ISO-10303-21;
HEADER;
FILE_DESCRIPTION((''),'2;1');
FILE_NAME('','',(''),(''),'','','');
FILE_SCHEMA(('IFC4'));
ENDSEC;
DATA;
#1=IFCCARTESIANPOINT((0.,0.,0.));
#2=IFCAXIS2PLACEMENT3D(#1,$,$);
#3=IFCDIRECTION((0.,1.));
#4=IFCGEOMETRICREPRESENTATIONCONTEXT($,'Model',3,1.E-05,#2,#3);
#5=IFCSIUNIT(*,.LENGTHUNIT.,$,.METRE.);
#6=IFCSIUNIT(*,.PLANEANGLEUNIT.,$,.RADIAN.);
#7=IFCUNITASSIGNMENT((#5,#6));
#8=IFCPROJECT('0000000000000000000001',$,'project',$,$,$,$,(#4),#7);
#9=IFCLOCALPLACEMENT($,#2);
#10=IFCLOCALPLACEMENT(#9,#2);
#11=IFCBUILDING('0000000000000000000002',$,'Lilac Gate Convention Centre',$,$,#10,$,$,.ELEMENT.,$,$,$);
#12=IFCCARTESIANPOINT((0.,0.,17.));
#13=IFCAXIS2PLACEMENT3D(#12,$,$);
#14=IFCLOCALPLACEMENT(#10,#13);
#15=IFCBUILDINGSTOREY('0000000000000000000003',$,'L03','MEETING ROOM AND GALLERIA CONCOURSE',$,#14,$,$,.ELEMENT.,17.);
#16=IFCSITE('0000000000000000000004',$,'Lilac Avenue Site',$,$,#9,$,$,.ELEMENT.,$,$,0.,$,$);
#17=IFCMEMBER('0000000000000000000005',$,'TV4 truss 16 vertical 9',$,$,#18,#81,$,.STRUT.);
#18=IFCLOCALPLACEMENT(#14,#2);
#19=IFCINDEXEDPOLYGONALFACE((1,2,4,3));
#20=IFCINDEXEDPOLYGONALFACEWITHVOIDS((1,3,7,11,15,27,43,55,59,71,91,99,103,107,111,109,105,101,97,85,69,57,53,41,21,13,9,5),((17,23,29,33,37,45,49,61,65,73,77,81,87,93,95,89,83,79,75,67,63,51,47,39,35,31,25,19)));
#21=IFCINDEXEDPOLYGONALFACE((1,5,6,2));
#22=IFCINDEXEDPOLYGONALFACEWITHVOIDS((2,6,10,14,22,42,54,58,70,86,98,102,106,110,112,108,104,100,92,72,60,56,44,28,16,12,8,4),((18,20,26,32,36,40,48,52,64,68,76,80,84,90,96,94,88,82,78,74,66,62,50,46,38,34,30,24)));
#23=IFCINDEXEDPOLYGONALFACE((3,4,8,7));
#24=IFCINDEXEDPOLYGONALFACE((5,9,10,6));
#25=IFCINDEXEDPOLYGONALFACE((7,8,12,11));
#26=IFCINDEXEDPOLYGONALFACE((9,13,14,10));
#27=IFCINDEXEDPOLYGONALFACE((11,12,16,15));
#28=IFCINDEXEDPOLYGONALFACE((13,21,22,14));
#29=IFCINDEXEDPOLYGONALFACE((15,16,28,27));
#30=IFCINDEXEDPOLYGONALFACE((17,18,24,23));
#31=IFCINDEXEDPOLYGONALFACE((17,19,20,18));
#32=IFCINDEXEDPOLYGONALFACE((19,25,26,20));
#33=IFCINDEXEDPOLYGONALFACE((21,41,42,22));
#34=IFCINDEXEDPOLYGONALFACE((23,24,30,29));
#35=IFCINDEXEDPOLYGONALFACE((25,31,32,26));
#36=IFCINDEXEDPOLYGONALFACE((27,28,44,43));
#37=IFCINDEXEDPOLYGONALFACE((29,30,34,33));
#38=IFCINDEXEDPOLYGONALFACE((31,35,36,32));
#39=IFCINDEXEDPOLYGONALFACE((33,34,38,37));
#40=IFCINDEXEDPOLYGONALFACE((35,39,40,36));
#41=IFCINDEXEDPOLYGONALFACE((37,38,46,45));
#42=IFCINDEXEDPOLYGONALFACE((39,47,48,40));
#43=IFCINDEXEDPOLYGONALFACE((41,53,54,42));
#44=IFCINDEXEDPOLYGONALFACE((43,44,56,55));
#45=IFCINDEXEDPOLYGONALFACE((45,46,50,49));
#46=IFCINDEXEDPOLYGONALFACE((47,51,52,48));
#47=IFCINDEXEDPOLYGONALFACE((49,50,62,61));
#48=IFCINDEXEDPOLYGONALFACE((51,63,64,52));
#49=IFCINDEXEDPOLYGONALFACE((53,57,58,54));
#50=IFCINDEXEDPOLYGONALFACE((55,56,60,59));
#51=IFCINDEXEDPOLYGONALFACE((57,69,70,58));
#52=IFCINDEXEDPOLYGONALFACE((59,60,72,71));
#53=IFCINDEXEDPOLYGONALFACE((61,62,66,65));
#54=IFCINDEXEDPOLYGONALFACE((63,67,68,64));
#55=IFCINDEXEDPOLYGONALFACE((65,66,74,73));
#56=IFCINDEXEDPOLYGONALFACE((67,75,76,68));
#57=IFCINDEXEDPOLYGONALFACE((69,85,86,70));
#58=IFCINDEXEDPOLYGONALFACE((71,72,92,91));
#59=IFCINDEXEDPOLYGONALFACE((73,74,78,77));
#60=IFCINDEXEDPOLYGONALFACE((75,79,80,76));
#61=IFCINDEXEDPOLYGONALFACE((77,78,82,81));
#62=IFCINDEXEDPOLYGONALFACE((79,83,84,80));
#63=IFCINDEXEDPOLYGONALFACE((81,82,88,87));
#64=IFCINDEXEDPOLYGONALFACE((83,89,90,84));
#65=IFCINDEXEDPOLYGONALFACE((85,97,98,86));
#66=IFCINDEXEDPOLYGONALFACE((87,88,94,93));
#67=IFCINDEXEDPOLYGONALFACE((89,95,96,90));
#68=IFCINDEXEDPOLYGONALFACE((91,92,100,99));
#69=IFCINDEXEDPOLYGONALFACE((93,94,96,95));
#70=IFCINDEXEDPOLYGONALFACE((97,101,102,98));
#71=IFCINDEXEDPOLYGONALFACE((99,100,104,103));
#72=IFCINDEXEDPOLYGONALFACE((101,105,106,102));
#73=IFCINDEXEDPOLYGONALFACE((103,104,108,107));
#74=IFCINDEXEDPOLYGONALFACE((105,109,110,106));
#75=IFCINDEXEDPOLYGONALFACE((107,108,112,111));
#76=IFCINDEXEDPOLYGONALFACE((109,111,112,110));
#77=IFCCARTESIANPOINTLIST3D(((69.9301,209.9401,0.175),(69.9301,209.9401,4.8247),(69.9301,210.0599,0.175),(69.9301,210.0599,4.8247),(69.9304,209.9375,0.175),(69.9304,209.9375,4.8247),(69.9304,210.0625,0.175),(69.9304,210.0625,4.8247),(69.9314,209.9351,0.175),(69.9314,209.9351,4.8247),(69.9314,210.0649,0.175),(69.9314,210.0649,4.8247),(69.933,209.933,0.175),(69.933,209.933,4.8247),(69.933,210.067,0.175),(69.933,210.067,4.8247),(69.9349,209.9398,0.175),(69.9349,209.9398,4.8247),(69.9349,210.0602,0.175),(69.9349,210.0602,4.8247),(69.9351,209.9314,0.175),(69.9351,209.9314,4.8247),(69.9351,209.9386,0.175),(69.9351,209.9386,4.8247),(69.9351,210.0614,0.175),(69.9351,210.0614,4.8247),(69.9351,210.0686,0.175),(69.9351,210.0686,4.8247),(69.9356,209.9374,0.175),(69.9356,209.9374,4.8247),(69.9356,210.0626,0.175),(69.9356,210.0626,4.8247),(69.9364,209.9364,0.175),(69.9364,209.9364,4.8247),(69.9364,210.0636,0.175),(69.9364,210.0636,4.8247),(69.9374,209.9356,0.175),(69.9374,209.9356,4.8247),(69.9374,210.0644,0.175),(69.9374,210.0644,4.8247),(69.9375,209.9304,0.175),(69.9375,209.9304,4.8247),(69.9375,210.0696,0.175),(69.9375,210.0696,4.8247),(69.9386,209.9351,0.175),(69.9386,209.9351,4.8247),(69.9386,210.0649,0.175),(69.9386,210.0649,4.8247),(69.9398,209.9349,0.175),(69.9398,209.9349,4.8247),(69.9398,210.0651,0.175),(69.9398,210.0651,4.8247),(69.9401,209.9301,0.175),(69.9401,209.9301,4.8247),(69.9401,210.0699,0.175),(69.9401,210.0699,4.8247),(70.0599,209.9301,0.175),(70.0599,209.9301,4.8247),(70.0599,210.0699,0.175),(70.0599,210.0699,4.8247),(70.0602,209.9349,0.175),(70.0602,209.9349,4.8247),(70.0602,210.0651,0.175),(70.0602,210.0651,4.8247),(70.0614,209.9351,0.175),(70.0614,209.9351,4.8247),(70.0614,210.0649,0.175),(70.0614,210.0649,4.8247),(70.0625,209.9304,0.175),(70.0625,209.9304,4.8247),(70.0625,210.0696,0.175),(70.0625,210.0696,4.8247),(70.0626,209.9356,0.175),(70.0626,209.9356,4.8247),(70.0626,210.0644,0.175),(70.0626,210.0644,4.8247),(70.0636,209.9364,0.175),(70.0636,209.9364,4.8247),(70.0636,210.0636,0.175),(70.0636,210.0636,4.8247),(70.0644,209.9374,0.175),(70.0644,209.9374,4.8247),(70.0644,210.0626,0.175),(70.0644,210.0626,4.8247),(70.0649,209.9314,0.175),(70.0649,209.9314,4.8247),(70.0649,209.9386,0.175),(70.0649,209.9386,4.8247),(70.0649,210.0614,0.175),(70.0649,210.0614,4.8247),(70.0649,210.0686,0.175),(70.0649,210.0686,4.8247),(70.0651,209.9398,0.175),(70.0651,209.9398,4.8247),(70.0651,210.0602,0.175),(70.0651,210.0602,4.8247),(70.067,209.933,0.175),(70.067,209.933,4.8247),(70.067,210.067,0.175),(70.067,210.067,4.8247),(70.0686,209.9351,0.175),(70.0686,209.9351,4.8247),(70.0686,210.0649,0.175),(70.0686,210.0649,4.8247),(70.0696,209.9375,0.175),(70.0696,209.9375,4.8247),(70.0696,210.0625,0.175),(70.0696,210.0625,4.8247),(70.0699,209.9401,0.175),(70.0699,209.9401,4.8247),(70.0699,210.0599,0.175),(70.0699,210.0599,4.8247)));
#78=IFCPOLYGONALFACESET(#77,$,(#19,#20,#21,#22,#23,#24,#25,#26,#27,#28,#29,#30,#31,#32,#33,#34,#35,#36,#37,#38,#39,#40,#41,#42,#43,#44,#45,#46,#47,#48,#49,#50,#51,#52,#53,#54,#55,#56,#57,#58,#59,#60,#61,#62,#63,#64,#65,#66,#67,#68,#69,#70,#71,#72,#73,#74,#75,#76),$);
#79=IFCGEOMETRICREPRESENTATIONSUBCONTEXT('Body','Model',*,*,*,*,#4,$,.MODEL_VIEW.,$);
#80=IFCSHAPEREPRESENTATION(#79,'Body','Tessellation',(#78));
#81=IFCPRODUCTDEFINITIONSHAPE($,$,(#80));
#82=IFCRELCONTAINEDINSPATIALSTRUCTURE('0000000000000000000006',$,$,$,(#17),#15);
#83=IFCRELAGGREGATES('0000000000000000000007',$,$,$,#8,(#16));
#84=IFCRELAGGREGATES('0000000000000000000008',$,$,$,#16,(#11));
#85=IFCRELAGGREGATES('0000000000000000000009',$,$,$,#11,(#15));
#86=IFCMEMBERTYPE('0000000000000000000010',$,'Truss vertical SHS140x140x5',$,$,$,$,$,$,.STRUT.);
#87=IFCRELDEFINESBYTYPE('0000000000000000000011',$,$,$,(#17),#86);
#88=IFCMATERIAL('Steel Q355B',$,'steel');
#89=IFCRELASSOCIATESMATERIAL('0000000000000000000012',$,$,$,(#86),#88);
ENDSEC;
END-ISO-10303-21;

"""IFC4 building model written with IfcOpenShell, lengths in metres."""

from ifc_helpers import new_model, si_unit, direction, frame, origin, origin_2d, place, context, subcontext, project, spatial, hollow_rectangle, extrude, material, material_profile, profile_set, type_object, element, save


model = new_model("IFC4")

# Units and contexts
model_context = context("Model", 3, precision=1e-05, world=origin(), true_north=direction((0.0, 1.0)))
body_context = subcontext(model_context, "Body", "Model", "MODEL_VIEW")
ifc_project = project(units=[si_unit("LENGTHUNIT", "METRE"), si_unit("PLANEANGLEUNIT", "RADIAN")], contexts=[model_context])

# Site, building, storey
site_placement = place(None, origin())
site = spatial("IfcSite", under=ifc_project, at=site_placement, Name="Lilac Avenue Site", CompositionType="ELEMENT", RefElevation=0.0)
building_placement = place(site_placement, origin())
building = spatial("IfcBuilding", under=site, at=building_placement, Name="Lilac Gate Convention Centre", CompositionType="ELEMENT")
storey_placement = place(building_placement, frame((0.0, 0.0, 17.0)))
storey = spatial("IfcBuildingStorey", under=building, at=storey_placement, Name="L03", Description="MEETING ROOM AND GALLERIA CONCOURSE", CompositionType="ELEMENT", Elevation=17.0)

# Member
ifc_material = material(Name="Steel Q355B", Category="steel")
ifc_material_profile_1 = material_profile(ifc_material, hollow_rectangle(XDim=0.1399, YDim=0.1399, WallThickness=0.0049, InnerFilletRadius=0.0049, OuterFilletRadius=0.01, at=origin_2d()), Name="SHS140x140x5")
ifc_profile_set_1 = profile_set([ifc_material_profile_1], Name="Steel Q355B")
member_type_1 = type_object("IfcMemberType", Name="Truss vertical SHS140x140x5", PredefinedType="STRUT", material=ifc_profile_set_1)
member_1_placement = place(storey_placement, frame((70.0, 210.0, 0.175), z_axis=(0.0, 0.0, 1.0), x_axis=(1.0, 0.0, 0.0)))
element("IfcMember", 1, at=member_1_placement, inside=storey, type_object=member_type_1, Name="TV4 truss 16 vertical 9", PredefinedType="STRUT", context=body_context, shape_type="SweptSolid", body=[
    extrude(hollow_rectangle(XDim=0.1399, YDim=0.1399, WallThickness=0.0049, InnerFilletRadius=0.0049, OuterFilletRadius=0.01, at=origin_2d()), origin(), (0.0, 0.0, 1.0), 4.6497),
])

save(model, "model.ifc")
